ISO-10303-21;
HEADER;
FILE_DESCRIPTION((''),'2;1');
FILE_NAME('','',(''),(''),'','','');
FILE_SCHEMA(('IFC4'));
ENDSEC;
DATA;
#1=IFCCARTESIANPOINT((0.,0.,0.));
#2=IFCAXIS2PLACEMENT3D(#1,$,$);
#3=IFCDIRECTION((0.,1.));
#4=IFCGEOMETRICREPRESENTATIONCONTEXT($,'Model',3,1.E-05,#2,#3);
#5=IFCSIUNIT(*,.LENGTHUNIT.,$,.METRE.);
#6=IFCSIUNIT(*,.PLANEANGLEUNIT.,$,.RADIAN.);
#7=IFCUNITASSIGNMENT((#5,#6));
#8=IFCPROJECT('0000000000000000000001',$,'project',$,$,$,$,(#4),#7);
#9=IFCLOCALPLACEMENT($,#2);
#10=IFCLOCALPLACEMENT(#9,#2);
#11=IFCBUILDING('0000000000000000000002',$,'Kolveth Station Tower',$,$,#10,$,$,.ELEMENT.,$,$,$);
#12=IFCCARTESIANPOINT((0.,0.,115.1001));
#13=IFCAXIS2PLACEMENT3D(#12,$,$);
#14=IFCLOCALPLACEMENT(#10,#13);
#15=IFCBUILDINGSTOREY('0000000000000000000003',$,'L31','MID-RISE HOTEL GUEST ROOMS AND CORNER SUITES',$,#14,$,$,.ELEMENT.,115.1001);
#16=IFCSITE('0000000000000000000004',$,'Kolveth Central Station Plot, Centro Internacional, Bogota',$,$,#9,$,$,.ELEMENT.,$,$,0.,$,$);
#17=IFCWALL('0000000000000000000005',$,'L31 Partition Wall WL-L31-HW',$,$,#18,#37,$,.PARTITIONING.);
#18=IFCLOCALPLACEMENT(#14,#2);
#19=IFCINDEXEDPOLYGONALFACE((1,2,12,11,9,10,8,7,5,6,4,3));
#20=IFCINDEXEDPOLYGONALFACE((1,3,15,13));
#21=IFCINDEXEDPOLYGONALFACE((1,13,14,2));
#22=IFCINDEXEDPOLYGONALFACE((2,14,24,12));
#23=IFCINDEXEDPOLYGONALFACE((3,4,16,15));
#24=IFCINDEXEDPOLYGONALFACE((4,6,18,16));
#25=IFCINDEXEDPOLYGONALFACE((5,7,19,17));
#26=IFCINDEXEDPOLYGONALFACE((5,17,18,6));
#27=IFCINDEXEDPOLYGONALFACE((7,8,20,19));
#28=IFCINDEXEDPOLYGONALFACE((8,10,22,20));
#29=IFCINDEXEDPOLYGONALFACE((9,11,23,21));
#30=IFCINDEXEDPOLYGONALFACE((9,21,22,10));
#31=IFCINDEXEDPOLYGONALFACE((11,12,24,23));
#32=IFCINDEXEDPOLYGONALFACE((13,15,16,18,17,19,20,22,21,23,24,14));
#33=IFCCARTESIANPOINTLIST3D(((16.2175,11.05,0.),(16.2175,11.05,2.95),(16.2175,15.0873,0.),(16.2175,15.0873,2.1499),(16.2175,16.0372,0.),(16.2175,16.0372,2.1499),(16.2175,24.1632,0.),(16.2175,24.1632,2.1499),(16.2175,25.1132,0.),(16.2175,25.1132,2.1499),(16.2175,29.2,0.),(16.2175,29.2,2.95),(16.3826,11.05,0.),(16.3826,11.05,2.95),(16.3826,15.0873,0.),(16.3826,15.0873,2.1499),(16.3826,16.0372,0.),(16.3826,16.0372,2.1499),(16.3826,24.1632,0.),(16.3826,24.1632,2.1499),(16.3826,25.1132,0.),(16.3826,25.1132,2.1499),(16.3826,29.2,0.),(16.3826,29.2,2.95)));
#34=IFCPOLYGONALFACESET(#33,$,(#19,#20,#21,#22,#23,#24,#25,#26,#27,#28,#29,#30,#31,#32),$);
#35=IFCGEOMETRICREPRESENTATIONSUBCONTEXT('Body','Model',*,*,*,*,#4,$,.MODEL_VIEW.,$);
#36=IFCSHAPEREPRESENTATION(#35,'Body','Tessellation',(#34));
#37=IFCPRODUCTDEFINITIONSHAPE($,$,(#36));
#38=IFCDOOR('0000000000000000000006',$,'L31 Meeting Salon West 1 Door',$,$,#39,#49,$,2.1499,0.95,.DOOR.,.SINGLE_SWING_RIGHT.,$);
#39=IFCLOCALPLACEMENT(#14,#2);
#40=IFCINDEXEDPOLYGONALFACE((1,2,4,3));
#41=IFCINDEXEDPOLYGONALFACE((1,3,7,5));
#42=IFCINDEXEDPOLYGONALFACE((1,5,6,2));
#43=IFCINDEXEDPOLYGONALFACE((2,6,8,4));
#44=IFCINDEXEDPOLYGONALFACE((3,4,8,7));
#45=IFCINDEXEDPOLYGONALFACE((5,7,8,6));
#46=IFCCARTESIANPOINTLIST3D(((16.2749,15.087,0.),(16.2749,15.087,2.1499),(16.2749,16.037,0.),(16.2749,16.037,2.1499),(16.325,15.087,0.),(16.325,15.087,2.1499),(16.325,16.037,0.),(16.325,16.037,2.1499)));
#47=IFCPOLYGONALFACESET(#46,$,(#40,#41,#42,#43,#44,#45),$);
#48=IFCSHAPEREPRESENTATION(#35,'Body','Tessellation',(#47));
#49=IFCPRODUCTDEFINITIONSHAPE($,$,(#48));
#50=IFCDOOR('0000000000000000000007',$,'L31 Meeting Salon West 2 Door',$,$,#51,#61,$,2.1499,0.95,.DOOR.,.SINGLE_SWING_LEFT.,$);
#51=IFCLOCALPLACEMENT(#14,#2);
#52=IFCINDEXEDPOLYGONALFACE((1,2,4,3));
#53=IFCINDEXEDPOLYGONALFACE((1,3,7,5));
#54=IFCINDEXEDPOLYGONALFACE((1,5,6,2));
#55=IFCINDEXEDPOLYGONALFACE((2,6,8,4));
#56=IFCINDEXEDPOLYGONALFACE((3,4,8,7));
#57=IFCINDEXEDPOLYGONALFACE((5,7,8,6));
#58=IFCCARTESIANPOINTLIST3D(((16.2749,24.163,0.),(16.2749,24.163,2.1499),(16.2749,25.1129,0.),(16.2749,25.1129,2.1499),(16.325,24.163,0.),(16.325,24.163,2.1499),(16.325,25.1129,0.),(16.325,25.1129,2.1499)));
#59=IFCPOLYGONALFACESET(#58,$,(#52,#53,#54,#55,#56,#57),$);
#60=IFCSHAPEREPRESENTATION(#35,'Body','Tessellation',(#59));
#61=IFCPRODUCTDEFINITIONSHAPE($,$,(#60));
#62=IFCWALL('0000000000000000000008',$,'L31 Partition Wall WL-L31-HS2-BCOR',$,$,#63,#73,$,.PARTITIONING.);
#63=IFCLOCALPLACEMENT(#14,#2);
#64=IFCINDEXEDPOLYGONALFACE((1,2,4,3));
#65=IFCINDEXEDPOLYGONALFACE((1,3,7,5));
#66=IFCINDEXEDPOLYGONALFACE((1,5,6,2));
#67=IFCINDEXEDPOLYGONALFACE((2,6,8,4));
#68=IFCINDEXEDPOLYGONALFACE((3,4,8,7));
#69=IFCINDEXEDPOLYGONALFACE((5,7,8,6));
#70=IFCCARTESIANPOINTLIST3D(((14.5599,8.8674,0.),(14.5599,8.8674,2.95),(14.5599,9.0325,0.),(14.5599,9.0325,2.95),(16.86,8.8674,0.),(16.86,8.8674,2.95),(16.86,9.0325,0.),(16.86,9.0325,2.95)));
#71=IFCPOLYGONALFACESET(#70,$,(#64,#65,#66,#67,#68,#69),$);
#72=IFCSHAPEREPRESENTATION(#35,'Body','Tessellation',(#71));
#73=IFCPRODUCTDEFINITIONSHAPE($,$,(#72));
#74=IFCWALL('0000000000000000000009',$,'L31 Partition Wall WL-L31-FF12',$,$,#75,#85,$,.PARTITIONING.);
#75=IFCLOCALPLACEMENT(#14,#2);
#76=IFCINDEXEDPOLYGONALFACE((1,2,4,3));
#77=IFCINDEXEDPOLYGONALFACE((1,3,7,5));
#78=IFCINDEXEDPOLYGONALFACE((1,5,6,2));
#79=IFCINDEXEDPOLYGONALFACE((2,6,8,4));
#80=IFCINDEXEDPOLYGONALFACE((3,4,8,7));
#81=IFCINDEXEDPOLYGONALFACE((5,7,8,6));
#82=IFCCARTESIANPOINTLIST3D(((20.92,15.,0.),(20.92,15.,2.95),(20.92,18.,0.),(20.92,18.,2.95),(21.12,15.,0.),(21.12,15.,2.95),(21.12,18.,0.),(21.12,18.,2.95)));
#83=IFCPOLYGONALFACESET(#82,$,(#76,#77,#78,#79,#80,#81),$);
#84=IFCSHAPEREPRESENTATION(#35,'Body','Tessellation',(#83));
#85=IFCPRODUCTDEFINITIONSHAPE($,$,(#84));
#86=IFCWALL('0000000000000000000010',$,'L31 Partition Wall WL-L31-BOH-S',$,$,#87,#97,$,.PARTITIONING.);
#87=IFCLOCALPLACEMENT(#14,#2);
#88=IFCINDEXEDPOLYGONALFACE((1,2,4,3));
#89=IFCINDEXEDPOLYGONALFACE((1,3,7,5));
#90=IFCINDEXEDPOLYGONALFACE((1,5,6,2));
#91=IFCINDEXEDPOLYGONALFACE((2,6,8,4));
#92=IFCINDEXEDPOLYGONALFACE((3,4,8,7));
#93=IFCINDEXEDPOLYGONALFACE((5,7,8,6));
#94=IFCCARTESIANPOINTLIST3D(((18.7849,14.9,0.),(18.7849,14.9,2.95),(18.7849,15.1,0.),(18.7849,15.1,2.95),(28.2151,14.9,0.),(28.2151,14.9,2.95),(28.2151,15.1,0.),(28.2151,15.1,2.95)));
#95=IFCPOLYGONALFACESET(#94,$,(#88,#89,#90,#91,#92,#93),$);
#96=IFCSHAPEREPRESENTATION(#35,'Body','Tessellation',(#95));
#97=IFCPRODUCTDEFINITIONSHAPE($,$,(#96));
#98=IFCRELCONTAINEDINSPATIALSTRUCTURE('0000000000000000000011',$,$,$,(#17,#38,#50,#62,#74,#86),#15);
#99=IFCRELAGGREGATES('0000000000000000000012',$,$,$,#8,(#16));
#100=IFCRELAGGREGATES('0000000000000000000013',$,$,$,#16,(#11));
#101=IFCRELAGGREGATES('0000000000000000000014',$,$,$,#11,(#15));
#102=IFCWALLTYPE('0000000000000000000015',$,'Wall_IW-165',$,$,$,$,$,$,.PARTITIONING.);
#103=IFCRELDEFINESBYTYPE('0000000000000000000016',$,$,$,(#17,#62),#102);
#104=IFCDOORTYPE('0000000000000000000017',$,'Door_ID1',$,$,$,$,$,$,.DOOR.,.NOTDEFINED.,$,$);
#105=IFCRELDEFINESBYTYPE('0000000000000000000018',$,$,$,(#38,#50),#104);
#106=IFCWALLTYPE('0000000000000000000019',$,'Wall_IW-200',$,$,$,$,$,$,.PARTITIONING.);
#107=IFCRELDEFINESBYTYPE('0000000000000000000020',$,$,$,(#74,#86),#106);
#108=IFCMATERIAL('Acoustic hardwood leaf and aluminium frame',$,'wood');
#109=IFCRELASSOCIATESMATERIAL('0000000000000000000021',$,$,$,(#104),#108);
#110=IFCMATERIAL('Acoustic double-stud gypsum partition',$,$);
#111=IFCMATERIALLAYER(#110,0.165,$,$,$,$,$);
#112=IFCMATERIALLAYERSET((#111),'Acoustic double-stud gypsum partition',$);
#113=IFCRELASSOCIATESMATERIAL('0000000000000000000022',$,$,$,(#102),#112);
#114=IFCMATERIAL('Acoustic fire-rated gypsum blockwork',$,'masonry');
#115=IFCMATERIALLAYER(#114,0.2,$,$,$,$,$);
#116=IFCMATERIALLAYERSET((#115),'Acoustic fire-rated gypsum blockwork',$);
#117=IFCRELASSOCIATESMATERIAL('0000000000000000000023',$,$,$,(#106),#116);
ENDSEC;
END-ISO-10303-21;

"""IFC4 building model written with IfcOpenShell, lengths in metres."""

from ifc_helpers import new_model, si_unit, direction, frame, frame_2d, origin, place, context, subcontext, project, spatial, rectangle, extrude, material, layer, layer_set, type_object, element, fill, save


model = new_model("IFC4")

# Units and contexts
model_context = context("Model", 3, precision=1e-05, world=origin(), true_north=direction((0.0, 1.0)))
body_context = subcontext(model_context, "Body", "Model", "MODEL_VIEW")
ifc_project = project(units=[si_unit("LENGTHUNIT", "METRE"), si_unit("PLANEANGLEUNIT", "RADIAN")], contexts=[model_context])

# Site, building, storey
site_placement = place(None, origin())
site = spatial("IfcSite", under=ifc_project, at=site_placement, Name="Kolveth Central Station Plot, Centro Internacional, Bogota", CompositionType="ELEMENT", RefElevation=0.0)
building_placement = place(site_placement, origin())
building = spatial("IfcBuilding", under=site, at=building_placement, Name="Kolveth Station Tower", CompositionType="ELEMENT")
storey_placement = place(building_placement, frame((0.0, 0.0, 115.1001)))
storey = spatial("IfcBuildingStorey", under=building, at=storey_placement, Name="L31", Description="MID-RISE HOTEL GUEST ROOMS AND CORNER SUITES", CompositionType="ELEMENT", Elevation=115.1001)

# Shared definitions
ifc_material_1 = material(Name="Acoustic hardwood leaf and aluminium frame", Category="wood")
door_type_1 = type_object("IfcDoorType", Name="Door_ID1", OperationType="NOTDEFINED", PredefinedType="DOOR", material=ifc_material_1)

# Wall, openings, doors
ifc_material_2 = material(Name="Acoustic double-stud gypsum partition")
ifc_layer_1 = layer(ifc_material_2, 0.165)
ifc_layer_set_1 = layer_set([ifc_layer_1], Name="Acoustic double-stud gypsum partition")
wall_type_1 = type_object("IfcWallType", Name="Wall_IW-165", PredefinedType="PARTITIONING", material=ifc_layer_set_1)
wall_1_placement = place(storey_placement, frame((16.3, 11.05, 0.0), z_axis=(0.0, 0.0, 1.0), x_axis=(0.0, 1.0, 0.0)))
wall_1 = element("IfcWall", 1, at=wall_1_placement, inside=storey, type_object=wall_type_1, Name="L31 Partition Wall WL-L31-HW", PredefinedType="PARTITIONING", context=body_context, shape_type="SweptSolid", body=[
    extrude(rectangle(XDim=18.1499, YDim=0.165, at=frame_2d((9.075, 0.0))), origin(), (0.0, 0.0, 1.0), 2.95),
])
opening_1_placement = place(wall_1_placement, frame((4.0371, 0.0, 0.0)))
opening_1 = element("IfcOpeningElement", 2, at=opening_1_placement, cuts=wall_1, PredefinedType="OPENING", context=body_context, shape_type="SweptSolid", body=[
    extrude(rectangle(XDim=0.95, YDim=2.1499, at=frame_2d((0.4751, 1.075))), frame((0.0, 0.0925, 0.0), z_axis=(0.0, -1.0, 0.0), x_axis=(1.0, 0.0, 0.0)), (0.0, 0.0, 1.0), 0.1851),
])
opening_2_placement = place(wall_1_placement, frame((13.113, 0.0, 0.0)))
opening_2 = element("IfcOpeningElement", 3, at=opening_2_placement, cuts=wall_1, PredefinedType="OPENING", context=body_context, shape_type="SweptSolid", body=[
    extrude(rectangle(XDim=0.95, YDim=2.1499, at=frame_2d((0.4751, 1.075))), frame((0.0, 0.0925, 0.0), z_axis=(0.0, -1.0, 0.0), x_axis=(1.0, 0.0, 0.0)), (0.0, 0.0, 1.0), 0.1851),
])
door_1_placement = place(opening_1_placement, frame((0.95, 0.0, 0.0), z_axis=(0.0, 0.0, 1.0), x_axis=(-1.0, 0.0, 0.0)))
door_1 = element("IfcDoor", 4, at=door_1_placement, inside=storey, type_object=door_type_1, Name="L31 Meeting Salon West 1 Door", OperationType="SINGLE_SWING_RIGHT", OverallHeight=2.1499, OverallWidth=0.95, PredefinedType="DOOR", context=body_context, shape_type="SweptSolid", body=[
    extrude(rectangle(XDim=0.95, YDim=2.1499, at=frame_2d((0.4751, 1.075))), frame((0.0, 0.0249, 0.0), z_axis=(0.0, -1.0, 0.0), x_axis=(1.0, 0.0, 0.0)), (0.0, 0.0, 1.0), 0.05),
])
fill(opening_1, door_1)
door_2_placement = place(opening_2_placement, frame((0.95, 0.0, 0.0), z_axis=(0.0, 0.0, 1.0), x_axis=(-1.0, 0.0, 0.0)))
door_2 = element("IfcDoor", 5, at=door_2_placement, inside=storey, type_object=door_type_1, Name="L31 Meeting Salon West 2 Door", OperationType="SINGLE_SWING_LEFT", OverallHeight=2.1499, OverallWidth=0.95, PredefinedType="DOOR", context=body_context, shape_type="SweptSolid", body=[
    extrude(rectangle(XDim=0.95, YDim=2.1499, at=frame_2d((0.4751, 1.075))), frame((0.0, 0.0249, 0.0), z_axis=(0.0, -1.0, 0.0), x_axis=(1.0, 0.0, 0.0)), (0.0, 0.0, 1.0), 0.05),
])
fill(opening_2, door_2)

# Wall
wall_2_placement = place(storey_placement, frame((14.5601, 8.95, 0.0), z_axis=(0.0, 0.0, 1.0), x_axis=(1.0, 0.0, 0.0)))
element("IfcWall", 6, at=wall_2_placement, inside=storey, type_object=wall_type_1, Name="L31 Partition Wall WL-L31-HS2-BCOR", PredefinedType="PARTITIONING", context=body_context, shape_type="SweptSolid", body=[
    extrude(rectangle(XDim=2.3, YDim=0.165, at=frame_2d((1.1499, 0.0))), origin(), (0.0, 0.0, 1.0), 2.95),
])

# Walls
ifc_material_3 = material(Name="Acoustic fire-rated gypsum blockwork", Category="masonry")
ifc_layer_2 = layer(ifc_material_3, 0.2)
ifc_layer_set_2 = layer_set([ifc_layer_2], Name="Acoustic fire-rated gypsum blockwork")
wall_type_2 = type_object("IfcWallType", Name="Wall_IW-200", PredefinedType="PARTITIONING", material=ifc_layer_set_2)
wall_3_placement = place(storey_placement, frame((21.02, 15.0, 0.0), z_axis=(0.0, 0.0, 1.0), x_axis=(0.0, 1.0, 0.0)))
element("IfcWall", 7, at=wall_3_placement, inside=storey, type_object=wall_type_2, Name="L31 Partition Wall WL-L31-FF12", PredefinedType="PARTITIONING", context=body_context, shape_type="SweptSolid", body=[
    extrude(rectangle(XDim=3.0, YDim=0.2, at=frame_2d((1.5, 0.0))), origin(), (0.0, 0.0, 1.0), 2.95),
])
wall_4_placement = place(storey_placement, frame((18.7849, 15.0, 0.0), z_axis=(0.0, 0.0, 1.0), x_axis=(1.0, 0.0, 0.0)))
element("IfcWall", 8, at=wall_4_placement, inside=storey, type_object=wall_type_2, Name="L31 Partition Wall WL-L31-BOH-S", PredefinedType="PARTITIONING", context=body_context, shape_type="SweptSolid", body=[
    extrude(rectangle(XDim=9.4302, YDim=0.2, at=frame_2d((4.7151, 0.0))), origin(), (0.0, 0.0, 1.0), 2.95),
])

save(model, "model.ifc")
